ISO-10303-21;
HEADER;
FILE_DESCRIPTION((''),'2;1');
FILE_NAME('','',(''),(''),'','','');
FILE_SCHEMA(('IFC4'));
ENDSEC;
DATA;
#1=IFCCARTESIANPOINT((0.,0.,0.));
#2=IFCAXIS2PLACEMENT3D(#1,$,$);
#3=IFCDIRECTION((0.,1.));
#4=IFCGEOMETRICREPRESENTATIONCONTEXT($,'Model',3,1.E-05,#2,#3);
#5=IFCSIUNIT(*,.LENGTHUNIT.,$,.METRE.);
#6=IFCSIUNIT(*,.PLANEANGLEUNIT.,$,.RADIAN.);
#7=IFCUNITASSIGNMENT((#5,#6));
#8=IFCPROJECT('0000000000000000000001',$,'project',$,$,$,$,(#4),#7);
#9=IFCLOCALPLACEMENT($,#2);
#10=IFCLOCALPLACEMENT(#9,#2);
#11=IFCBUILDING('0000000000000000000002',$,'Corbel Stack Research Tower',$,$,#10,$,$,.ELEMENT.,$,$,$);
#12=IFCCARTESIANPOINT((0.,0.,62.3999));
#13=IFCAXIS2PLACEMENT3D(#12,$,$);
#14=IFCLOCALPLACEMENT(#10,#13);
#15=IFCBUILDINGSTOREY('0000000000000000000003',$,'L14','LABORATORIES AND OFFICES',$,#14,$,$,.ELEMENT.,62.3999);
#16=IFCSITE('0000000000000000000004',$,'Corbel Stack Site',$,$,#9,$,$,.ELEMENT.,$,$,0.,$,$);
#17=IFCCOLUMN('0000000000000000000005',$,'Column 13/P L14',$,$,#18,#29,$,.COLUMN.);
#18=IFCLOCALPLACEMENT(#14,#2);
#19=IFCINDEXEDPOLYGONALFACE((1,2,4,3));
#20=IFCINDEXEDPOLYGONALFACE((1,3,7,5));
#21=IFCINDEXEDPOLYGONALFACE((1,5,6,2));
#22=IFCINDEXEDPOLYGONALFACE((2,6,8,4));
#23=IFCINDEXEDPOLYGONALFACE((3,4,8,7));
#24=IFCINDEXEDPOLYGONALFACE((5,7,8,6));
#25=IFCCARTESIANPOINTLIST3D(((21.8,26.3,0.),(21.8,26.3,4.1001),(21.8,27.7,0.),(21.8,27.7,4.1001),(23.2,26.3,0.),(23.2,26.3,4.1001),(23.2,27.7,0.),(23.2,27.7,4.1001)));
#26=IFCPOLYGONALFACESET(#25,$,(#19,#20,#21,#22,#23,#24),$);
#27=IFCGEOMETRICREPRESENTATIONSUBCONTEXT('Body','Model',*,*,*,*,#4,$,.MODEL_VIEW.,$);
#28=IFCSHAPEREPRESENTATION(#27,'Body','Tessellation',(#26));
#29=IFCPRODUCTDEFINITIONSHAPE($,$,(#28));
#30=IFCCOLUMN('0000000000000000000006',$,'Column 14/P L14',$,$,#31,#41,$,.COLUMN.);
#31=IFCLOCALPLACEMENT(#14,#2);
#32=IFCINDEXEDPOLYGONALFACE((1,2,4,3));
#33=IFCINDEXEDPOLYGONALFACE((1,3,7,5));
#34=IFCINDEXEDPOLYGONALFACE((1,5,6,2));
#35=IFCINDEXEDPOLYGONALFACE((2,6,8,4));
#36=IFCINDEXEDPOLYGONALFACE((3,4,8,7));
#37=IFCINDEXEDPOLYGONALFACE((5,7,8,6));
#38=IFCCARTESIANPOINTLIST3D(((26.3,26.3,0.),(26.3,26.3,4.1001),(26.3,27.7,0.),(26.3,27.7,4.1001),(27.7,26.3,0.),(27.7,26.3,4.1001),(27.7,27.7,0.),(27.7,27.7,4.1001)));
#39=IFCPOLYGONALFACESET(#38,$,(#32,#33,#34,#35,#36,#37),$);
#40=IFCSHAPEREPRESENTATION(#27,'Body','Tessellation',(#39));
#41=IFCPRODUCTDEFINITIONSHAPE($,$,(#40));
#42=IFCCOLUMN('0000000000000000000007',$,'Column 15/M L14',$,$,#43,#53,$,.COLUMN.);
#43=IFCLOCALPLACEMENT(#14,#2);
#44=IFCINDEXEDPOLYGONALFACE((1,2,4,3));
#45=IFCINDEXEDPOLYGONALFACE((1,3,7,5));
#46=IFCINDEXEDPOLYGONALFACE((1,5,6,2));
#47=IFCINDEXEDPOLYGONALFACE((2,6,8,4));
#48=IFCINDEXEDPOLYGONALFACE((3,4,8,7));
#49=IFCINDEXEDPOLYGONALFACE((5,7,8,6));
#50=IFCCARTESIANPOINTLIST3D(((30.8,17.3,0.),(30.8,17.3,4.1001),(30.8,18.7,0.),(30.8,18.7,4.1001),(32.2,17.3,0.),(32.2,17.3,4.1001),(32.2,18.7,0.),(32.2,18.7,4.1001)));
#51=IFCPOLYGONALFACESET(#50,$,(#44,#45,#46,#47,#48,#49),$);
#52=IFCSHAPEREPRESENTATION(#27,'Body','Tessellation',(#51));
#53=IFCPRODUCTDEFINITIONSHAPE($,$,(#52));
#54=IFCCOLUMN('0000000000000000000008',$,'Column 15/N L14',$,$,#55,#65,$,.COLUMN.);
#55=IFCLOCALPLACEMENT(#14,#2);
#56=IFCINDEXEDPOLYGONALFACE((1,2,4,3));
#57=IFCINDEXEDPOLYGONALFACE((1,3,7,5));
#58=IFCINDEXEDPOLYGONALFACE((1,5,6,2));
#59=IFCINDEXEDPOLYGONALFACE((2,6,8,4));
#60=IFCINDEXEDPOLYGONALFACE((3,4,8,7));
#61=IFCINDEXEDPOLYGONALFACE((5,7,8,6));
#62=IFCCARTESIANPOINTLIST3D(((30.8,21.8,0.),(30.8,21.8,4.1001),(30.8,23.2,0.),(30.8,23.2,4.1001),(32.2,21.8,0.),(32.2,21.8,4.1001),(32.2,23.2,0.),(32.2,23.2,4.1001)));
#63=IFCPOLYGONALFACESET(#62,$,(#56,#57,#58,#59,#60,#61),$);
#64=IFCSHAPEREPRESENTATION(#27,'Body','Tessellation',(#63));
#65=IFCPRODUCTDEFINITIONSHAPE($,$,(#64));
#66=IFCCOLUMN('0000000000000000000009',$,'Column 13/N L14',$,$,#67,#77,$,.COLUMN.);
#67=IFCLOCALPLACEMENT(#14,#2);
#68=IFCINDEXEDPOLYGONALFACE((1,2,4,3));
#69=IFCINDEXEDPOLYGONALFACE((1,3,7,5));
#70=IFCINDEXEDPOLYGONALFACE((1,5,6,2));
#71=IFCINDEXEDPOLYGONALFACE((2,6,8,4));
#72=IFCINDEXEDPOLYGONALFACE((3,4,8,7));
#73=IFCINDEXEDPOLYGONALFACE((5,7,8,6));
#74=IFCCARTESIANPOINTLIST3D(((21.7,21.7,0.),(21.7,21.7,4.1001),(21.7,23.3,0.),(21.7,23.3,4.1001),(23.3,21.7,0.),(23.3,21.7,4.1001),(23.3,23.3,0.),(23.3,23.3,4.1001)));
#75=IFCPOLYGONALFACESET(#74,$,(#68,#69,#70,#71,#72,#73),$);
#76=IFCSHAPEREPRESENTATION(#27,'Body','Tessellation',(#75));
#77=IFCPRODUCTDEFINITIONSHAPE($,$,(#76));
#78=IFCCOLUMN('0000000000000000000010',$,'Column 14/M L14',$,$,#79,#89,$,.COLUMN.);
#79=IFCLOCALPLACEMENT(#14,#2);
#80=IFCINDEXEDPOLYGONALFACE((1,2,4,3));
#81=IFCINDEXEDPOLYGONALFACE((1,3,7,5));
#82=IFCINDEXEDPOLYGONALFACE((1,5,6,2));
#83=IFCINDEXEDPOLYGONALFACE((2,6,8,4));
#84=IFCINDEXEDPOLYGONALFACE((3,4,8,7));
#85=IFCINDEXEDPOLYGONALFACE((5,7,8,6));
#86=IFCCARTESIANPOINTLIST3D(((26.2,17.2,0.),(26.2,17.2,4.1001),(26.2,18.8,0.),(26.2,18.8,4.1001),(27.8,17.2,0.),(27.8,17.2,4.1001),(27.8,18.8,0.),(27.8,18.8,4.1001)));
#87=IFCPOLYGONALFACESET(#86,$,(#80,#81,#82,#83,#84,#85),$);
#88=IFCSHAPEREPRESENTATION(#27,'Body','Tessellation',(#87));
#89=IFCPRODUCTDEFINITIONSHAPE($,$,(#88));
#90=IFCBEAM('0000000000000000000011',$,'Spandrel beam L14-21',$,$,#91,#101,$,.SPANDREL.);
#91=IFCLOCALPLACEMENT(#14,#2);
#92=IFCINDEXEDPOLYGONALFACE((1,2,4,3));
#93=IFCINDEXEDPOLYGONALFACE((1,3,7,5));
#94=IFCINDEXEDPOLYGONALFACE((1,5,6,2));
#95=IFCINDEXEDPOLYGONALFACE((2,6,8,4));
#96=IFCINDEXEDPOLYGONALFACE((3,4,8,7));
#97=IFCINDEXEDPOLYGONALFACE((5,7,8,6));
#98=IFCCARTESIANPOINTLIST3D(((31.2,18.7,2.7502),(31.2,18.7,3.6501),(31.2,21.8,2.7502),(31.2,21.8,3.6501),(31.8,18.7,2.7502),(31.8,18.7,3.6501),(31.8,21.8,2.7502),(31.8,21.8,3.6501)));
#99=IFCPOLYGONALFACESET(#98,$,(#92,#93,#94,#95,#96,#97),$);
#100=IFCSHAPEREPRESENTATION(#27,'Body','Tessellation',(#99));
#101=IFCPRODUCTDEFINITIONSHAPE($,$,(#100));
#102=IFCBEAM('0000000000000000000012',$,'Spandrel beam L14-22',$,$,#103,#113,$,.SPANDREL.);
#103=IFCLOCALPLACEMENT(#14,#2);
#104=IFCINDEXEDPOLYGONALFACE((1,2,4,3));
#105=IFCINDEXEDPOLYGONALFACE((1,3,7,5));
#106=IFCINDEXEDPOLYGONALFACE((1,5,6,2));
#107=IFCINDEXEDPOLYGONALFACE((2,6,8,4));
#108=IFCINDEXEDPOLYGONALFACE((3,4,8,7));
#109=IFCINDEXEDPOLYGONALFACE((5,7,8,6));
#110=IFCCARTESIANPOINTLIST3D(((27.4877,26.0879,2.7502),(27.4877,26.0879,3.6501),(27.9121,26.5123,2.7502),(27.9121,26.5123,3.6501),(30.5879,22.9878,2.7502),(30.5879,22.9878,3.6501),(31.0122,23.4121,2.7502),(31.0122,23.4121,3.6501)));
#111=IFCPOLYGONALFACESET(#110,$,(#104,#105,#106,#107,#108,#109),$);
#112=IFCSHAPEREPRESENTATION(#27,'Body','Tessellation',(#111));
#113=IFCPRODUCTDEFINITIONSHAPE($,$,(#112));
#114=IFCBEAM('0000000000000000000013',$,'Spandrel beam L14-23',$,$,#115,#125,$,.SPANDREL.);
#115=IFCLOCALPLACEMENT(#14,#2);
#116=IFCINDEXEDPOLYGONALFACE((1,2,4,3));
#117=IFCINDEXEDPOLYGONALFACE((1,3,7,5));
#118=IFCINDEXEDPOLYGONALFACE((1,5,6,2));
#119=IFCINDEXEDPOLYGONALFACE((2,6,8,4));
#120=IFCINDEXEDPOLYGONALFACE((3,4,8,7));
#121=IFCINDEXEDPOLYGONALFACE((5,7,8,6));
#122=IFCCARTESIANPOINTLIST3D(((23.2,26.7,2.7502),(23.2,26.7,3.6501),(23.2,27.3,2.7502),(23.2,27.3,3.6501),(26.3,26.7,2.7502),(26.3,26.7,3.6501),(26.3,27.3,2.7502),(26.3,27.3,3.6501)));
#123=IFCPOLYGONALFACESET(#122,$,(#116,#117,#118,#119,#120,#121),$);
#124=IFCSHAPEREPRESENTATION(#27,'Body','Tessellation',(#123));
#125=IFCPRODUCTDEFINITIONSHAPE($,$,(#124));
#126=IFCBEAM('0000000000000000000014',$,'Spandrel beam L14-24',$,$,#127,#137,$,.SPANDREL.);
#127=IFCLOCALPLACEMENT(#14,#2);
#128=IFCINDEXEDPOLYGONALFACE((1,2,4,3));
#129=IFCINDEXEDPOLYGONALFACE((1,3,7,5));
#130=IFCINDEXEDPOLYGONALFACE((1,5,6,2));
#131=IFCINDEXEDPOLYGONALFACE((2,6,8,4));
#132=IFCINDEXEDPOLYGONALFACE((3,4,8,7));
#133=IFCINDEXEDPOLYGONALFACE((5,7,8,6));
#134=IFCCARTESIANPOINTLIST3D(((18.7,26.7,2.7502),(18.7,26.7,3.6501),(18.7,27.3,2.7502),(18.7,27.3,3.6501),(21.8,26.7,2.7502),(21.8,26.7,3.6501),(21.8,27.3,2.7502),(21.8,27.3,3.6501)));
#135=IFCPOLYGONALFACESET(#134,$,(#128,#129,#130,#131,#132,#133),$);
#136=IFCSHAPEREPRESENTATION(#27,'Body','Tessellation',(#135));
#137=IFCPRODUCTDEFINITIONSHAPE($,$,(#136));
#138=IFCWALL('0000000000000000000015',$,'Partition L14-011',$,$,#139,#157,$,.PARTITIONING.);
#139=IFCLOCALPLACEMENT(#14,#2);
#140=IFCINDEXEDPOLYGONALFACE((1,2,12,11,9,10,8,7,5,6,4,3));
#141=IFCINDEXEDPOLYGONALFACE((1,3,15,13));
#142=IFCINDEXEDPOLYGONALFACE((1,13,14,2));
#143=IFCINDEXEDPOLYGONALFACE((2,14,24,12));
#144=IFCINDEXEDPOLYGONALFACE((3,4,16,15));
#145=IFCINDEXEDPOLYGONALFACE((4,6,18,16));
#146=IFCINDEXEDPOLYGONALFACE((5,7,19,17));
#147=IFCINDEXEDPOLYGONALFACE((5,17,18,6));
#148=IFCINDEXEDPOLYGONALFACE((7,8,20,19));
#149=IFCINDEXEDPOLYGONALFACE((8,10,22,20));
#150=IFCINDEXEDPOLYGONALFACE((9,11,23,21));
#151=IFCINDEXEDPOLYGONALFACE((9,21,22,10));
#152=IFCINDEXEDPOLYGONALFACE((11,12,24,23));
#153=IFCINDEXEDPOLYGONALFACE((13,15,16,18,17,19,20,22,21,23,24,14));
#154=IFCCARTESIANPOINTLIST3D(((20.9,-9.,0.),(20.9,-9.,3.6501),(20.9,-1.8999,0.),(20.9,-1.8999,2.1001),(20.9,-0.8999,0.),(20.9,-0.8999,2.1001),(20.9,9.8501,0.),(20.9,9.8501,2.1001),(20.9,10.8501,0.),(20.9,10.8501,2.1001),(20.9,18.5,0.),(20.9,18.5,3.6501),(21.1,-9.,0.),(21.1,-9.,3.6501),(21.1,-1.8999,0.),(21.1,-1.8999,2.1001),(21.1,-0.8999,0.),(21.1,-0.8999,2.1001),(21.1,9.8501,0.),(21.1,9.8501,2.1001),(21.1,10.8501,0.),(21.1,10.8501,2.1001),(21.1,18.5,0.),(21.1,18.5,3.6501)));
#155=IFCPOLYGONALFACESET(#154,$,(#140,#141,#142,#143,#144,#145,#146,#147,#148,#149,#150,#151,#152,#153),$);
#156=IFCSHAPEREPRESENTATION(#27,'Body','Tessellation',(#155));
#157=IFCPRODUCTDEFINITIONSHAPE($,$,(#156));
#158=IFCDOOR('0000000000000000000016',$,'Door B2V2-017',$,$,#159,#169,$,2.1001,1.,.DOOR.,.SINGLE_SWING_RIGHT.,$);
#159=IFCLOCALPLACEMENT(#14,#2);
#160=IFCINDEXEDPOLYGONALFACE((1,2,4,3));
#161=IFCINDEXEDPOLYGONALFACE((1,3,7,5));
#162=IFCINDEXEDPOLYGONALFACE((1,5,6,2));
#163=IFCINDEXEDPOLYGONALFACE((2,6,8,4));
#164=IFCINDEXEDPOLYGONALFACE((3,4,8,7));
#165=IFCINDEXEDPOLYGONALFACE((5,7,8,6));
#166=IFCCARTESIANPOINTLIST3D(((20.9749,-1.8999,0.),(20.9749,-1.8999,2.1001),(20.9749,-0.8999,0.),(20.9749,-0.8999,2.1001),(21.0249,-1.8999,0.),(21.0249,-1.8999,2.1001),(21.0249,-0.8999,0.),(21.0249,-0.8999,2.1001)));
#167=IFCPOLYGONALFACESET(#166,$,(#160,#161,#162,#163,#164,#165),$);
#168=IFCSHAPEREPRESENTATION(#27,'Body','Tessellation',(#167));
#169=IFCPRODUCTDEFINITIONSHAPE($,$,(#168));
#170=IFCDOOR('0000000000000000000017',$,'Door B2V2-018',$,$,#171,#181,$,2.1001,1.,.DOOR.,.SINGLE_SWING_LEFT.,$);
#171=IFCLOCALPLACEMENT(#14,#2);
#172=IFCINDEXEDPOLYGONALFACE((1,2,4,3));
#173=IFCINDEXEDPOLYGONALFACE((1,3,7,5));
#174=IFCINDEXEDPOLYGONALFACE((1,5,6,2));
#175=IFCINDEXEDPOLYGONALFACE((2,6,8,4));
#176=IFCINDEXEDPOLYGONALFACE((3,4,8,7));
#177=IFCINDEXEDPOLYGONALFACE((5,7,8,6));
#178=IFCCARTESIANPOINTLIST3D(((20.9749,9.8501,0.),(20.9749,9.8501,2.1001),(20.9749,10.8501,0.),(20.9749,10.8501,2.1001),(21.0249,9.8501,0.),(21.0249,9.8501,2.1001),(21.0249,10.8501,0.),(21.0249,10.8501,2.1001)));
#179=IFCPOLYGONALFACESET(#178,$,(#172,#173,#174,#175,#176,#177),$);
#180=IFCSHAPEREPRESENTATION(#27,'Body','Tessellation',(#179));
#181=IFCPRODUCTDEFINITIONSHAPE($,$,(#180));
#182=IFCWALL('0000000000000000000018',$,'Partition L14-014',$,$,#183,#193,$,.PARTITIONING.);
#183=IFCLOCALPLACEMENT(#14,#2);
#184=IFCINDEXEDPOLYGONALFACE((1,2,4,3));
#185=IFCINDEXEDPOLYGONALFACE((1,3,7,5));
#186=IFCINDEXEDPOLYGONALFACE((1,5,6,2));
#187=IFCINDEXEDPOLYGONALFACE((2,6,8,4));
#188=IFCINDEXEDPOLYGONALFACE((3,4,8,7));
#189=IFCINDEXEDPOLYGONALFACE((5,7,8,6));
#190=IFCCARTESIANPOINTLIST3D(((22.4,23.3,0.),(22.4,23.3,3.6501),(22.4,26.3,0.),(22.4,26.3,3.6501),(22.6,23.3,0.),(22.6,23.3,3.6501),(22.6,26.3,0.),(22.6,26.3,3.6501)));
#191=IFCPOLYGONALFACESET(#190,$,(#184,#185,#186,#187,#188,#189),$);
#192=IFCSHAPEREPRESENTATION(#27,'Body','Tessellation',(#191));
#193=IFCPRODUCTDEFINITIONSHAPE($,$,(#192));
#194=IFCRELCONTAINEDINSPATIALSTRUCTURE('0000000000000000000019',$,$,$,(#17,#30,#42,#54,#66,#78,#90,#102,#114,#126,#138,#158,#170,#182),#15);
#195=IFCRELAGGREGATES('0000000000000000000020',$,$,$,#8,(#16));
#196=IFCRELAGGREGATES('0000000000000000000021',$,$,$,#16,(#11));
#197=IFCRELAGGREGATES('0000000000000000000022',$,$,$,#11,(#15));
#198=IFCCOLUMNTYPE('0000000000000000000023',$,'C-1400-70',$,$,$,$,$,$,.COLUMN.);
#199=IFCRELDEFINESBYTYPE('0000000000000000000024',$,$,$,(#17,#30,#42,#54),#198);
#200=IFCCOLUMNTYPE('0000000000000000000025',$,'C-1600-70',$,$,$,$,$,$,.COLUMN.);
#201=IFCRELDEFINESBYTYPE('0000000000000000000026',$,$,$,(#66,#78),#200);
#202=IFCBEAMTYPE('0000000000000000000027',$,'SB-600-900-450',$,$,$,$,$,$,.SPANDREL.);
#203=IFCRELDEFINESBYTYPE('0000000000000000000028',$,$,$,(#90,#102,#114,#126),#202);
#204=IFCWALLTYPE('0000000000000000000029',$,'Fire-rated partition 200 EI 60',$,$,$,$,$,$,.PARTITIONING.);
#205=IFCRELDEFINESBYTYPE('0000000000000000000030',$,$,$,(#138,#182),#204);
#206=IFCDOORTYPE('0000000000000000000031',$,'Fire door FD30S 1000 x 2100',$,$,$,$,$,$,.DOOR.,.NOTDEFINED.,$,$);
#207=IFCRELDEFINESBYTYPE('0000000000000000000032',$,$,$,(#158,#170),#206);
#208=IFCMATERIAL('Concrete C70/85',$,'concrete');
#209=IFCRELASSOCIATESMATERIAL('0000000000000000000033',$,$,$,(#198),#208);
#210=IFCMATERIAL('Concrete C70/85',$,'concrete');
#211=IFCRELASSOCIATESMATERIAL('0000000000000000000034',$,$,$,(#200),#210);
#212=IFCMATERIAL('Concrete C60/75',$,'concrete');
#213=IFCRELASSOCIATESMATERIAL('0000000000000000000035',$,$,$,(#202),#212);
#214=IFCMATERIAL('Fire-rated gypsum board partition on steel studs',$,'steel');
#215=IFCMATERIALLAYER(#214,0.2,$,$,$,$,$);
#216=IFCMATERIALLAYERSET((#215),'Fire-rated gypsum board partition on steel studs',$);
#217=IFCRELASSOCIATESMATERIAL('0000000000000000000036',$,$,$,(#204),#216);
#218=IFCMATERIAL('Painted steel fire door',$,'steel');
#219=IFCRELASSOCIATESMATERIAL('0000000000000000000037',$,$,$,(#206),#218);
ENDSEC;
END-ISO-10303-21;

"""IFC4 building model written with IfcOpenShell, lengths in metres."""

from ifc_helpers import new_model, si_unit, direction, frame, frame_2d, origin, origin_2d, place, context, subcontext, project, spatial, rectangle, extrude, material, layer, layer_set, material_profile, profile_set, type_object, element, fill, save


model = new_model("IFC4")

# Units and contexts
model_context = context("Model", 3, precision=1e-05, world=origin(), true_north=direction((0.0, 1.0)))
body_context = subcontext(model_context, "Body", "Model", "MODEL_VIEW")
ifc_project = project(units=[si_unit("LENGTHUNIT", "METRE"), si_unit("PLANEANGLEUNIT", "RADIAN")], contexts=[model_context])

# Site, building, storey
site_placement = place(None, origin())
site = spatial("IfcSite", under=ifc_project, at=site_placement, Name="Corbel Stack Site", CompositionType="ELEMENT", RefElevation=0.0)
building_placement = place(site_placement, origin())
building = spatial("IfcBuilding", under=site, at=building_placement, Name="Corbel Stack Research Tower", CompositionType="ELEMENT")
storey_placement = place(building_placement, frame((0.0, 0.0, 62.3999)))
storey = spatial("IfcBuildingStorey", under=building, at=storey_placement, Name="L14", Description="LABORATORIES AND OFFICES", CompositionType="ELEMENT", Elevation=62.3999)

# Columns
ifc_material_1 = material(Name="Concrete C70/85", Category="concrete")
ifc_material_profile_1 = material_profile(ifc_material_1, rectangle(XDim=1.3999, YDim=1.3999, at=origin_2d()), Name="RC 1400 x 1400")
ifc_profile_set_1 = profile_set([ifc_material_profile_1], Name="Concrete C70/85")
column_type_1 = type_object("IfcColumnType", Name="C-1400-70", PredefinedType="COLUMN", material=ifc_profile_set_1)
for number, where, z_axis, x_axis, name in (
    (1, (22.5, 27.0, 0.0), (0.0, 0.0, 1.0), (1.0, 0.0, 0.0), "Column 13/P L14"),
    (2, (27.0, 27.0, 0.0), (0.0, 0.0, 1.0), (1.0, 0.0, 0.0), "Column 14/P L14"),
    (3, (31.5, 18.0, 0.0), (0.0, 0.0, 1.0), (1.0, 0.0, 0.0), "Column 15/M L14"),
    (4, (31.5, 22.5, 0.0), (0.0, 0.0, 1.0), (1.0, 0.0, 0.0), "Column 15/N L14"),
):
    element("IfcColumn", number, at=place(storey_placement, frame(where, z_axis=z_axis, x_axis=x_axis)), inside=storey, type_object=column_type_1, Name=name, PredefinedType="COLUMN", context=body_context, shape_type="SweptSolid", body=[
        extrude(rectangle(XDim=1.3999, YDim=1.3999, at=origin_2d()), origin(), (0.0, 0.0, 1.0), 4.1001),
    ])
ifc_material_2 = material(Name="Concrete C70/85", Category="concrete")
ifc_material_profile_2 = material_profile(ifc_material_2, rectangle(XDim=1.6001, YDim=1.6001, at=origin_2d()), Name="RC 1600 x 1600")
ifc_profile_set_2 = profile_set([ifc_material_profile_2], Name="Concrete C70/85")
column_type_2 = type_object("IfcColumnType", Name="C-1600-70", PredefinedType="COLUMN", material=ifc_profile_set_2)
for number, where, z_axis, x_axis, name in (
    (5, (22.5, 22.5, 0.0), (0.0, 0.0, 1.0), (1.0, 0.0, 0.0), "Column 13/N L14"),
    (6, (27.0, 18.0, 0.0), (0.0, 0.0, 1.0), (1.0, 0.0, 0.0), "Column 14/M L14"),
):
    element("IfcColumn", number, at=place(storey_placement, frame(where, z_axis=z_axis, x_axis=x_axis)), inside=storey, type_object=column_type_2, Name=name, PredefinedType="COLUMN", context=body_context, shape_type="SweptSolid", body=[
        extrude(rectangle(XDim=1.6001, YDim=1.6001, at=origin_2d()), origin(), (0.0, 0.0, 1.0), 4.1001),
    ])

# Beams
ifc_material_3 = material(Name="Concrete C60/75", Category="concrete")
ifc_material_profile_3 = material_profile(ifc_material_3, rectangle(XDim=0.6001, YDim=0.8999, at=origin_2d()), Name="RC 600 x 900")
ifc_profile_set_3 = profile_set([ifc_material_profile_3], Name="Concrete C60/75")
beam_type = type_object("IfcBeamType", Name="SB-600-900-450", PredefinedType="SPANDREL", material=ifc_profile_set_3)
beam_1_placement = place(storey_placement, frame((31.5, 18.7, 3.2002), z_axis=(0.0, 1.0, 0.0), x_axis=(-1.0, 0.0, 0.0)))
element("IfcBeam", 7, at=beam_1_placement, inside=storey, type_object=beam_type, Name="Spandrel beam L14-21", PredefinedType="SPANDREL", context=body_context, shape_type="SweptSolid", body=[
    extrude(rectangle(XDim=0.6001, YDim=0.8999, at=origin_2d()), origin(), (0.0, 0.0, 1.0), 3.1001),
])
beam_2_placement = place(storey_placement, frame((30.8, 23.2, 3.2002), z_axis=(-0.707107, 0.707107, 0.0), x_axis=(-0.707107, -0.707107, 0.0)))
element("IfcBeam", 8, at=beam_2_placement, inside=storey, type_object=beam_type, Name="Spandrel beam L14-22", PredefinedType="SPANDREL", context=body_context, shape_type="SweptSolid", body=[
    extrude(rectangle(XDim=0.6001, YDim=0.8999, at=origin_2d()), origin(), (0.0, 0.0, 1.0), 4.3843),
])
for number, where, z_axis, x_axis, name in (
    (9, (26.3, 27.0, 3.2002), (-1.0, 0.0, 0.0), (0.0, -1.0, 0.0), "Spandrel beam L14-23"),
    (10, (21.8, 27.0, 3.2002), (-1.0, 0.0, 0.0), (0.0, -1.0, 0.0), "Spandrel beam L14-24"),
):
    element("IfcBeam", number, at=place(storey_placement, frame(where, z_axis=z_axis, x_axis=x_axis)), inside=storey, type_object=beam_type, Name=name, PredefinedType="SPANDREL", context=body_context, shape_type="SweptSolid", body=[
        extrude(rectangle(XDim=0.6001, YDim=0.8999, at=origin_2d()), origin(), (0.0, 0.0, 1.0), 3.1001),
    ])

# Wall, openings, doors
ifc_material_4 = material(Name="Fire-rated gypsum board partition on steel studs", Category="steel")
ifc_layer_1 = layer(ifc_material_4, 0.2)
ifc_layer_set_1 = layer_set([ifc_layer_1], Name="Fire-rated gypsum board partition on steel studs")
wall_type_1 = type_object("IfcWallType", Name="Fire-rated partition 200 EI 60", PredefinedType="PARTITIONING", material=ifc_layer_set_1)
wall_1_placement = place(storey_placement, frame((21.0, 18.5, 0.0), z_axis=(0.0, 0.0, 1.0), x_axis=(0.0, -1.0, 0.0)))
wall_1 = element("IfcWall", 11, at=wall_1_placement, inside=storey, type_object=wall_type_1, Name="Partition L14-011", PredefinedType="PARTITIONING", context=body_context, shape_type="SweptSolid", body=[
    extrude(rectangle(XDim=27.5, YDim=0.2, at=frame_2d((13.75, 0.0))), origin(), (0.0, 0.0, 1.0), 3.6501),
])
opening_1_placement = place(wall_1_placement, frame((19.3999, 0.0, 0.0)))
opening_1 = element("IfcOpeningElement", 12, at=opening_1_placement, cuts=wall_1, PredefinedType="OPENING", context=body_context, shape_type="SweptSolid", body=[
    extrude(rectangle(XDim=1.0, YDim=2.1001, at=frame_2d((0.5, 1.05))), frame((0.0, 0.1099, 0.0), z_axis=(0.0, -1.0, 0.0), x_axis=(1.0, 0.0, 0.0)), (0.0, 0.0, 1.0), 0.22),
])
opening_2_placement = place(wall_1_placement, frame((7.6499, 0.0, 0.0)))
opening_2 = element("IfcOpeningElement", 13, at=opening_2_placement, cuts=wall_1, PredefinedType="OPENING", context=body_context, shape_type="SweptSolid", body=[
    extrude(rectangle(XDim=1.0, YDim=2.1001, at=frame_2d((0.5, 1.05))), frame((0.0, 0.1099, 0.0), z_axis=(0.0, -1.0, 0.0), x_axis=(1.0, 0.0, 0.0)), (0.0, 0.0, 1.0), 0.22),
])
ifc_material_5 = material(Name="Painted steel fire door", Category="steel")
door_type_1 = type_object("IfcDoorType", Name="Fire door FD30S 1000 x 2100", OperationType="NOTDEFINED", PredefinedType="DOOR", material=ifc_material_5)
door_1_placement = place(opening_1_placement, origin())
door_1 = element("IfcDoor", 14, at=door_1_placement, inside=storey, type_object=door_type_1, Name="Door B2V2-017", OperationType="SINGLE_SWING_RIGHT", OverallHeight=2.1001, OverallWidth=1.0, PredefinedType="DOOR", context=body_context, shape_type="SweptSolid", body=[
    extrude(rectangle(XDim=1.0, YDim=2.1001, at=frame_2d((0.5, 1.05))), frame((0.0, 0.0249, 0.0), z_axis=(0.0, -1.0, 0.0), x_axis=(1.0, 0.0, 0.0)), (0.0, 0.0, 1.0), 0.05),
])
fill(opening_1, door_1)
door_2_placement = place(opening_2_placement, origin())
door_2 = element("IfcDoor", 15, at=door_2_placement, inside=storey, type_object=door_type_1, Name="Door B2V2-018", OperationType="SINGLE_SWING_LEFT", OverallHeight=2.1001, OverallWidth=1.0, PredefinedType="DOOR", context=body_context, shape_type="SweptSolid", body=[
    extrude(rectangle(XDim=1.0, YDim=2.1001, at=frame_2d((0.5, 1.05))), frame((0.0, 0.0249, 0.0), z_axis=(0.0, -1.0, 0.0), x_axis=(1.0, 0.0, 0.0)), (0.0, 0.0, 1.0), 0.05),
])
fill(opening_2, door_2)

# Wall
wall_2_placement = place(storey_placement, frame((22.5, 23.3, 0.0), z_axis=(0.0, 0.0, 1.0), x_axis=(0.0, 1.0, 0.0)))
element("IfcWall", 16, at=wall_2_placement, inside=storey, type_object=wall_type_1, Name="Partition L14-014", PredefinedType="PARTITIONING", context=body_context, shape_type="SweptSolid", body=[
    extrude(rectangle(XDim=3.0, YDim=0.2, at=frame_2d((1.5, 0.0))), origin(), (0.0, 0.0, 1.0), 3.6501),
])

save(model, "model.ifc")
